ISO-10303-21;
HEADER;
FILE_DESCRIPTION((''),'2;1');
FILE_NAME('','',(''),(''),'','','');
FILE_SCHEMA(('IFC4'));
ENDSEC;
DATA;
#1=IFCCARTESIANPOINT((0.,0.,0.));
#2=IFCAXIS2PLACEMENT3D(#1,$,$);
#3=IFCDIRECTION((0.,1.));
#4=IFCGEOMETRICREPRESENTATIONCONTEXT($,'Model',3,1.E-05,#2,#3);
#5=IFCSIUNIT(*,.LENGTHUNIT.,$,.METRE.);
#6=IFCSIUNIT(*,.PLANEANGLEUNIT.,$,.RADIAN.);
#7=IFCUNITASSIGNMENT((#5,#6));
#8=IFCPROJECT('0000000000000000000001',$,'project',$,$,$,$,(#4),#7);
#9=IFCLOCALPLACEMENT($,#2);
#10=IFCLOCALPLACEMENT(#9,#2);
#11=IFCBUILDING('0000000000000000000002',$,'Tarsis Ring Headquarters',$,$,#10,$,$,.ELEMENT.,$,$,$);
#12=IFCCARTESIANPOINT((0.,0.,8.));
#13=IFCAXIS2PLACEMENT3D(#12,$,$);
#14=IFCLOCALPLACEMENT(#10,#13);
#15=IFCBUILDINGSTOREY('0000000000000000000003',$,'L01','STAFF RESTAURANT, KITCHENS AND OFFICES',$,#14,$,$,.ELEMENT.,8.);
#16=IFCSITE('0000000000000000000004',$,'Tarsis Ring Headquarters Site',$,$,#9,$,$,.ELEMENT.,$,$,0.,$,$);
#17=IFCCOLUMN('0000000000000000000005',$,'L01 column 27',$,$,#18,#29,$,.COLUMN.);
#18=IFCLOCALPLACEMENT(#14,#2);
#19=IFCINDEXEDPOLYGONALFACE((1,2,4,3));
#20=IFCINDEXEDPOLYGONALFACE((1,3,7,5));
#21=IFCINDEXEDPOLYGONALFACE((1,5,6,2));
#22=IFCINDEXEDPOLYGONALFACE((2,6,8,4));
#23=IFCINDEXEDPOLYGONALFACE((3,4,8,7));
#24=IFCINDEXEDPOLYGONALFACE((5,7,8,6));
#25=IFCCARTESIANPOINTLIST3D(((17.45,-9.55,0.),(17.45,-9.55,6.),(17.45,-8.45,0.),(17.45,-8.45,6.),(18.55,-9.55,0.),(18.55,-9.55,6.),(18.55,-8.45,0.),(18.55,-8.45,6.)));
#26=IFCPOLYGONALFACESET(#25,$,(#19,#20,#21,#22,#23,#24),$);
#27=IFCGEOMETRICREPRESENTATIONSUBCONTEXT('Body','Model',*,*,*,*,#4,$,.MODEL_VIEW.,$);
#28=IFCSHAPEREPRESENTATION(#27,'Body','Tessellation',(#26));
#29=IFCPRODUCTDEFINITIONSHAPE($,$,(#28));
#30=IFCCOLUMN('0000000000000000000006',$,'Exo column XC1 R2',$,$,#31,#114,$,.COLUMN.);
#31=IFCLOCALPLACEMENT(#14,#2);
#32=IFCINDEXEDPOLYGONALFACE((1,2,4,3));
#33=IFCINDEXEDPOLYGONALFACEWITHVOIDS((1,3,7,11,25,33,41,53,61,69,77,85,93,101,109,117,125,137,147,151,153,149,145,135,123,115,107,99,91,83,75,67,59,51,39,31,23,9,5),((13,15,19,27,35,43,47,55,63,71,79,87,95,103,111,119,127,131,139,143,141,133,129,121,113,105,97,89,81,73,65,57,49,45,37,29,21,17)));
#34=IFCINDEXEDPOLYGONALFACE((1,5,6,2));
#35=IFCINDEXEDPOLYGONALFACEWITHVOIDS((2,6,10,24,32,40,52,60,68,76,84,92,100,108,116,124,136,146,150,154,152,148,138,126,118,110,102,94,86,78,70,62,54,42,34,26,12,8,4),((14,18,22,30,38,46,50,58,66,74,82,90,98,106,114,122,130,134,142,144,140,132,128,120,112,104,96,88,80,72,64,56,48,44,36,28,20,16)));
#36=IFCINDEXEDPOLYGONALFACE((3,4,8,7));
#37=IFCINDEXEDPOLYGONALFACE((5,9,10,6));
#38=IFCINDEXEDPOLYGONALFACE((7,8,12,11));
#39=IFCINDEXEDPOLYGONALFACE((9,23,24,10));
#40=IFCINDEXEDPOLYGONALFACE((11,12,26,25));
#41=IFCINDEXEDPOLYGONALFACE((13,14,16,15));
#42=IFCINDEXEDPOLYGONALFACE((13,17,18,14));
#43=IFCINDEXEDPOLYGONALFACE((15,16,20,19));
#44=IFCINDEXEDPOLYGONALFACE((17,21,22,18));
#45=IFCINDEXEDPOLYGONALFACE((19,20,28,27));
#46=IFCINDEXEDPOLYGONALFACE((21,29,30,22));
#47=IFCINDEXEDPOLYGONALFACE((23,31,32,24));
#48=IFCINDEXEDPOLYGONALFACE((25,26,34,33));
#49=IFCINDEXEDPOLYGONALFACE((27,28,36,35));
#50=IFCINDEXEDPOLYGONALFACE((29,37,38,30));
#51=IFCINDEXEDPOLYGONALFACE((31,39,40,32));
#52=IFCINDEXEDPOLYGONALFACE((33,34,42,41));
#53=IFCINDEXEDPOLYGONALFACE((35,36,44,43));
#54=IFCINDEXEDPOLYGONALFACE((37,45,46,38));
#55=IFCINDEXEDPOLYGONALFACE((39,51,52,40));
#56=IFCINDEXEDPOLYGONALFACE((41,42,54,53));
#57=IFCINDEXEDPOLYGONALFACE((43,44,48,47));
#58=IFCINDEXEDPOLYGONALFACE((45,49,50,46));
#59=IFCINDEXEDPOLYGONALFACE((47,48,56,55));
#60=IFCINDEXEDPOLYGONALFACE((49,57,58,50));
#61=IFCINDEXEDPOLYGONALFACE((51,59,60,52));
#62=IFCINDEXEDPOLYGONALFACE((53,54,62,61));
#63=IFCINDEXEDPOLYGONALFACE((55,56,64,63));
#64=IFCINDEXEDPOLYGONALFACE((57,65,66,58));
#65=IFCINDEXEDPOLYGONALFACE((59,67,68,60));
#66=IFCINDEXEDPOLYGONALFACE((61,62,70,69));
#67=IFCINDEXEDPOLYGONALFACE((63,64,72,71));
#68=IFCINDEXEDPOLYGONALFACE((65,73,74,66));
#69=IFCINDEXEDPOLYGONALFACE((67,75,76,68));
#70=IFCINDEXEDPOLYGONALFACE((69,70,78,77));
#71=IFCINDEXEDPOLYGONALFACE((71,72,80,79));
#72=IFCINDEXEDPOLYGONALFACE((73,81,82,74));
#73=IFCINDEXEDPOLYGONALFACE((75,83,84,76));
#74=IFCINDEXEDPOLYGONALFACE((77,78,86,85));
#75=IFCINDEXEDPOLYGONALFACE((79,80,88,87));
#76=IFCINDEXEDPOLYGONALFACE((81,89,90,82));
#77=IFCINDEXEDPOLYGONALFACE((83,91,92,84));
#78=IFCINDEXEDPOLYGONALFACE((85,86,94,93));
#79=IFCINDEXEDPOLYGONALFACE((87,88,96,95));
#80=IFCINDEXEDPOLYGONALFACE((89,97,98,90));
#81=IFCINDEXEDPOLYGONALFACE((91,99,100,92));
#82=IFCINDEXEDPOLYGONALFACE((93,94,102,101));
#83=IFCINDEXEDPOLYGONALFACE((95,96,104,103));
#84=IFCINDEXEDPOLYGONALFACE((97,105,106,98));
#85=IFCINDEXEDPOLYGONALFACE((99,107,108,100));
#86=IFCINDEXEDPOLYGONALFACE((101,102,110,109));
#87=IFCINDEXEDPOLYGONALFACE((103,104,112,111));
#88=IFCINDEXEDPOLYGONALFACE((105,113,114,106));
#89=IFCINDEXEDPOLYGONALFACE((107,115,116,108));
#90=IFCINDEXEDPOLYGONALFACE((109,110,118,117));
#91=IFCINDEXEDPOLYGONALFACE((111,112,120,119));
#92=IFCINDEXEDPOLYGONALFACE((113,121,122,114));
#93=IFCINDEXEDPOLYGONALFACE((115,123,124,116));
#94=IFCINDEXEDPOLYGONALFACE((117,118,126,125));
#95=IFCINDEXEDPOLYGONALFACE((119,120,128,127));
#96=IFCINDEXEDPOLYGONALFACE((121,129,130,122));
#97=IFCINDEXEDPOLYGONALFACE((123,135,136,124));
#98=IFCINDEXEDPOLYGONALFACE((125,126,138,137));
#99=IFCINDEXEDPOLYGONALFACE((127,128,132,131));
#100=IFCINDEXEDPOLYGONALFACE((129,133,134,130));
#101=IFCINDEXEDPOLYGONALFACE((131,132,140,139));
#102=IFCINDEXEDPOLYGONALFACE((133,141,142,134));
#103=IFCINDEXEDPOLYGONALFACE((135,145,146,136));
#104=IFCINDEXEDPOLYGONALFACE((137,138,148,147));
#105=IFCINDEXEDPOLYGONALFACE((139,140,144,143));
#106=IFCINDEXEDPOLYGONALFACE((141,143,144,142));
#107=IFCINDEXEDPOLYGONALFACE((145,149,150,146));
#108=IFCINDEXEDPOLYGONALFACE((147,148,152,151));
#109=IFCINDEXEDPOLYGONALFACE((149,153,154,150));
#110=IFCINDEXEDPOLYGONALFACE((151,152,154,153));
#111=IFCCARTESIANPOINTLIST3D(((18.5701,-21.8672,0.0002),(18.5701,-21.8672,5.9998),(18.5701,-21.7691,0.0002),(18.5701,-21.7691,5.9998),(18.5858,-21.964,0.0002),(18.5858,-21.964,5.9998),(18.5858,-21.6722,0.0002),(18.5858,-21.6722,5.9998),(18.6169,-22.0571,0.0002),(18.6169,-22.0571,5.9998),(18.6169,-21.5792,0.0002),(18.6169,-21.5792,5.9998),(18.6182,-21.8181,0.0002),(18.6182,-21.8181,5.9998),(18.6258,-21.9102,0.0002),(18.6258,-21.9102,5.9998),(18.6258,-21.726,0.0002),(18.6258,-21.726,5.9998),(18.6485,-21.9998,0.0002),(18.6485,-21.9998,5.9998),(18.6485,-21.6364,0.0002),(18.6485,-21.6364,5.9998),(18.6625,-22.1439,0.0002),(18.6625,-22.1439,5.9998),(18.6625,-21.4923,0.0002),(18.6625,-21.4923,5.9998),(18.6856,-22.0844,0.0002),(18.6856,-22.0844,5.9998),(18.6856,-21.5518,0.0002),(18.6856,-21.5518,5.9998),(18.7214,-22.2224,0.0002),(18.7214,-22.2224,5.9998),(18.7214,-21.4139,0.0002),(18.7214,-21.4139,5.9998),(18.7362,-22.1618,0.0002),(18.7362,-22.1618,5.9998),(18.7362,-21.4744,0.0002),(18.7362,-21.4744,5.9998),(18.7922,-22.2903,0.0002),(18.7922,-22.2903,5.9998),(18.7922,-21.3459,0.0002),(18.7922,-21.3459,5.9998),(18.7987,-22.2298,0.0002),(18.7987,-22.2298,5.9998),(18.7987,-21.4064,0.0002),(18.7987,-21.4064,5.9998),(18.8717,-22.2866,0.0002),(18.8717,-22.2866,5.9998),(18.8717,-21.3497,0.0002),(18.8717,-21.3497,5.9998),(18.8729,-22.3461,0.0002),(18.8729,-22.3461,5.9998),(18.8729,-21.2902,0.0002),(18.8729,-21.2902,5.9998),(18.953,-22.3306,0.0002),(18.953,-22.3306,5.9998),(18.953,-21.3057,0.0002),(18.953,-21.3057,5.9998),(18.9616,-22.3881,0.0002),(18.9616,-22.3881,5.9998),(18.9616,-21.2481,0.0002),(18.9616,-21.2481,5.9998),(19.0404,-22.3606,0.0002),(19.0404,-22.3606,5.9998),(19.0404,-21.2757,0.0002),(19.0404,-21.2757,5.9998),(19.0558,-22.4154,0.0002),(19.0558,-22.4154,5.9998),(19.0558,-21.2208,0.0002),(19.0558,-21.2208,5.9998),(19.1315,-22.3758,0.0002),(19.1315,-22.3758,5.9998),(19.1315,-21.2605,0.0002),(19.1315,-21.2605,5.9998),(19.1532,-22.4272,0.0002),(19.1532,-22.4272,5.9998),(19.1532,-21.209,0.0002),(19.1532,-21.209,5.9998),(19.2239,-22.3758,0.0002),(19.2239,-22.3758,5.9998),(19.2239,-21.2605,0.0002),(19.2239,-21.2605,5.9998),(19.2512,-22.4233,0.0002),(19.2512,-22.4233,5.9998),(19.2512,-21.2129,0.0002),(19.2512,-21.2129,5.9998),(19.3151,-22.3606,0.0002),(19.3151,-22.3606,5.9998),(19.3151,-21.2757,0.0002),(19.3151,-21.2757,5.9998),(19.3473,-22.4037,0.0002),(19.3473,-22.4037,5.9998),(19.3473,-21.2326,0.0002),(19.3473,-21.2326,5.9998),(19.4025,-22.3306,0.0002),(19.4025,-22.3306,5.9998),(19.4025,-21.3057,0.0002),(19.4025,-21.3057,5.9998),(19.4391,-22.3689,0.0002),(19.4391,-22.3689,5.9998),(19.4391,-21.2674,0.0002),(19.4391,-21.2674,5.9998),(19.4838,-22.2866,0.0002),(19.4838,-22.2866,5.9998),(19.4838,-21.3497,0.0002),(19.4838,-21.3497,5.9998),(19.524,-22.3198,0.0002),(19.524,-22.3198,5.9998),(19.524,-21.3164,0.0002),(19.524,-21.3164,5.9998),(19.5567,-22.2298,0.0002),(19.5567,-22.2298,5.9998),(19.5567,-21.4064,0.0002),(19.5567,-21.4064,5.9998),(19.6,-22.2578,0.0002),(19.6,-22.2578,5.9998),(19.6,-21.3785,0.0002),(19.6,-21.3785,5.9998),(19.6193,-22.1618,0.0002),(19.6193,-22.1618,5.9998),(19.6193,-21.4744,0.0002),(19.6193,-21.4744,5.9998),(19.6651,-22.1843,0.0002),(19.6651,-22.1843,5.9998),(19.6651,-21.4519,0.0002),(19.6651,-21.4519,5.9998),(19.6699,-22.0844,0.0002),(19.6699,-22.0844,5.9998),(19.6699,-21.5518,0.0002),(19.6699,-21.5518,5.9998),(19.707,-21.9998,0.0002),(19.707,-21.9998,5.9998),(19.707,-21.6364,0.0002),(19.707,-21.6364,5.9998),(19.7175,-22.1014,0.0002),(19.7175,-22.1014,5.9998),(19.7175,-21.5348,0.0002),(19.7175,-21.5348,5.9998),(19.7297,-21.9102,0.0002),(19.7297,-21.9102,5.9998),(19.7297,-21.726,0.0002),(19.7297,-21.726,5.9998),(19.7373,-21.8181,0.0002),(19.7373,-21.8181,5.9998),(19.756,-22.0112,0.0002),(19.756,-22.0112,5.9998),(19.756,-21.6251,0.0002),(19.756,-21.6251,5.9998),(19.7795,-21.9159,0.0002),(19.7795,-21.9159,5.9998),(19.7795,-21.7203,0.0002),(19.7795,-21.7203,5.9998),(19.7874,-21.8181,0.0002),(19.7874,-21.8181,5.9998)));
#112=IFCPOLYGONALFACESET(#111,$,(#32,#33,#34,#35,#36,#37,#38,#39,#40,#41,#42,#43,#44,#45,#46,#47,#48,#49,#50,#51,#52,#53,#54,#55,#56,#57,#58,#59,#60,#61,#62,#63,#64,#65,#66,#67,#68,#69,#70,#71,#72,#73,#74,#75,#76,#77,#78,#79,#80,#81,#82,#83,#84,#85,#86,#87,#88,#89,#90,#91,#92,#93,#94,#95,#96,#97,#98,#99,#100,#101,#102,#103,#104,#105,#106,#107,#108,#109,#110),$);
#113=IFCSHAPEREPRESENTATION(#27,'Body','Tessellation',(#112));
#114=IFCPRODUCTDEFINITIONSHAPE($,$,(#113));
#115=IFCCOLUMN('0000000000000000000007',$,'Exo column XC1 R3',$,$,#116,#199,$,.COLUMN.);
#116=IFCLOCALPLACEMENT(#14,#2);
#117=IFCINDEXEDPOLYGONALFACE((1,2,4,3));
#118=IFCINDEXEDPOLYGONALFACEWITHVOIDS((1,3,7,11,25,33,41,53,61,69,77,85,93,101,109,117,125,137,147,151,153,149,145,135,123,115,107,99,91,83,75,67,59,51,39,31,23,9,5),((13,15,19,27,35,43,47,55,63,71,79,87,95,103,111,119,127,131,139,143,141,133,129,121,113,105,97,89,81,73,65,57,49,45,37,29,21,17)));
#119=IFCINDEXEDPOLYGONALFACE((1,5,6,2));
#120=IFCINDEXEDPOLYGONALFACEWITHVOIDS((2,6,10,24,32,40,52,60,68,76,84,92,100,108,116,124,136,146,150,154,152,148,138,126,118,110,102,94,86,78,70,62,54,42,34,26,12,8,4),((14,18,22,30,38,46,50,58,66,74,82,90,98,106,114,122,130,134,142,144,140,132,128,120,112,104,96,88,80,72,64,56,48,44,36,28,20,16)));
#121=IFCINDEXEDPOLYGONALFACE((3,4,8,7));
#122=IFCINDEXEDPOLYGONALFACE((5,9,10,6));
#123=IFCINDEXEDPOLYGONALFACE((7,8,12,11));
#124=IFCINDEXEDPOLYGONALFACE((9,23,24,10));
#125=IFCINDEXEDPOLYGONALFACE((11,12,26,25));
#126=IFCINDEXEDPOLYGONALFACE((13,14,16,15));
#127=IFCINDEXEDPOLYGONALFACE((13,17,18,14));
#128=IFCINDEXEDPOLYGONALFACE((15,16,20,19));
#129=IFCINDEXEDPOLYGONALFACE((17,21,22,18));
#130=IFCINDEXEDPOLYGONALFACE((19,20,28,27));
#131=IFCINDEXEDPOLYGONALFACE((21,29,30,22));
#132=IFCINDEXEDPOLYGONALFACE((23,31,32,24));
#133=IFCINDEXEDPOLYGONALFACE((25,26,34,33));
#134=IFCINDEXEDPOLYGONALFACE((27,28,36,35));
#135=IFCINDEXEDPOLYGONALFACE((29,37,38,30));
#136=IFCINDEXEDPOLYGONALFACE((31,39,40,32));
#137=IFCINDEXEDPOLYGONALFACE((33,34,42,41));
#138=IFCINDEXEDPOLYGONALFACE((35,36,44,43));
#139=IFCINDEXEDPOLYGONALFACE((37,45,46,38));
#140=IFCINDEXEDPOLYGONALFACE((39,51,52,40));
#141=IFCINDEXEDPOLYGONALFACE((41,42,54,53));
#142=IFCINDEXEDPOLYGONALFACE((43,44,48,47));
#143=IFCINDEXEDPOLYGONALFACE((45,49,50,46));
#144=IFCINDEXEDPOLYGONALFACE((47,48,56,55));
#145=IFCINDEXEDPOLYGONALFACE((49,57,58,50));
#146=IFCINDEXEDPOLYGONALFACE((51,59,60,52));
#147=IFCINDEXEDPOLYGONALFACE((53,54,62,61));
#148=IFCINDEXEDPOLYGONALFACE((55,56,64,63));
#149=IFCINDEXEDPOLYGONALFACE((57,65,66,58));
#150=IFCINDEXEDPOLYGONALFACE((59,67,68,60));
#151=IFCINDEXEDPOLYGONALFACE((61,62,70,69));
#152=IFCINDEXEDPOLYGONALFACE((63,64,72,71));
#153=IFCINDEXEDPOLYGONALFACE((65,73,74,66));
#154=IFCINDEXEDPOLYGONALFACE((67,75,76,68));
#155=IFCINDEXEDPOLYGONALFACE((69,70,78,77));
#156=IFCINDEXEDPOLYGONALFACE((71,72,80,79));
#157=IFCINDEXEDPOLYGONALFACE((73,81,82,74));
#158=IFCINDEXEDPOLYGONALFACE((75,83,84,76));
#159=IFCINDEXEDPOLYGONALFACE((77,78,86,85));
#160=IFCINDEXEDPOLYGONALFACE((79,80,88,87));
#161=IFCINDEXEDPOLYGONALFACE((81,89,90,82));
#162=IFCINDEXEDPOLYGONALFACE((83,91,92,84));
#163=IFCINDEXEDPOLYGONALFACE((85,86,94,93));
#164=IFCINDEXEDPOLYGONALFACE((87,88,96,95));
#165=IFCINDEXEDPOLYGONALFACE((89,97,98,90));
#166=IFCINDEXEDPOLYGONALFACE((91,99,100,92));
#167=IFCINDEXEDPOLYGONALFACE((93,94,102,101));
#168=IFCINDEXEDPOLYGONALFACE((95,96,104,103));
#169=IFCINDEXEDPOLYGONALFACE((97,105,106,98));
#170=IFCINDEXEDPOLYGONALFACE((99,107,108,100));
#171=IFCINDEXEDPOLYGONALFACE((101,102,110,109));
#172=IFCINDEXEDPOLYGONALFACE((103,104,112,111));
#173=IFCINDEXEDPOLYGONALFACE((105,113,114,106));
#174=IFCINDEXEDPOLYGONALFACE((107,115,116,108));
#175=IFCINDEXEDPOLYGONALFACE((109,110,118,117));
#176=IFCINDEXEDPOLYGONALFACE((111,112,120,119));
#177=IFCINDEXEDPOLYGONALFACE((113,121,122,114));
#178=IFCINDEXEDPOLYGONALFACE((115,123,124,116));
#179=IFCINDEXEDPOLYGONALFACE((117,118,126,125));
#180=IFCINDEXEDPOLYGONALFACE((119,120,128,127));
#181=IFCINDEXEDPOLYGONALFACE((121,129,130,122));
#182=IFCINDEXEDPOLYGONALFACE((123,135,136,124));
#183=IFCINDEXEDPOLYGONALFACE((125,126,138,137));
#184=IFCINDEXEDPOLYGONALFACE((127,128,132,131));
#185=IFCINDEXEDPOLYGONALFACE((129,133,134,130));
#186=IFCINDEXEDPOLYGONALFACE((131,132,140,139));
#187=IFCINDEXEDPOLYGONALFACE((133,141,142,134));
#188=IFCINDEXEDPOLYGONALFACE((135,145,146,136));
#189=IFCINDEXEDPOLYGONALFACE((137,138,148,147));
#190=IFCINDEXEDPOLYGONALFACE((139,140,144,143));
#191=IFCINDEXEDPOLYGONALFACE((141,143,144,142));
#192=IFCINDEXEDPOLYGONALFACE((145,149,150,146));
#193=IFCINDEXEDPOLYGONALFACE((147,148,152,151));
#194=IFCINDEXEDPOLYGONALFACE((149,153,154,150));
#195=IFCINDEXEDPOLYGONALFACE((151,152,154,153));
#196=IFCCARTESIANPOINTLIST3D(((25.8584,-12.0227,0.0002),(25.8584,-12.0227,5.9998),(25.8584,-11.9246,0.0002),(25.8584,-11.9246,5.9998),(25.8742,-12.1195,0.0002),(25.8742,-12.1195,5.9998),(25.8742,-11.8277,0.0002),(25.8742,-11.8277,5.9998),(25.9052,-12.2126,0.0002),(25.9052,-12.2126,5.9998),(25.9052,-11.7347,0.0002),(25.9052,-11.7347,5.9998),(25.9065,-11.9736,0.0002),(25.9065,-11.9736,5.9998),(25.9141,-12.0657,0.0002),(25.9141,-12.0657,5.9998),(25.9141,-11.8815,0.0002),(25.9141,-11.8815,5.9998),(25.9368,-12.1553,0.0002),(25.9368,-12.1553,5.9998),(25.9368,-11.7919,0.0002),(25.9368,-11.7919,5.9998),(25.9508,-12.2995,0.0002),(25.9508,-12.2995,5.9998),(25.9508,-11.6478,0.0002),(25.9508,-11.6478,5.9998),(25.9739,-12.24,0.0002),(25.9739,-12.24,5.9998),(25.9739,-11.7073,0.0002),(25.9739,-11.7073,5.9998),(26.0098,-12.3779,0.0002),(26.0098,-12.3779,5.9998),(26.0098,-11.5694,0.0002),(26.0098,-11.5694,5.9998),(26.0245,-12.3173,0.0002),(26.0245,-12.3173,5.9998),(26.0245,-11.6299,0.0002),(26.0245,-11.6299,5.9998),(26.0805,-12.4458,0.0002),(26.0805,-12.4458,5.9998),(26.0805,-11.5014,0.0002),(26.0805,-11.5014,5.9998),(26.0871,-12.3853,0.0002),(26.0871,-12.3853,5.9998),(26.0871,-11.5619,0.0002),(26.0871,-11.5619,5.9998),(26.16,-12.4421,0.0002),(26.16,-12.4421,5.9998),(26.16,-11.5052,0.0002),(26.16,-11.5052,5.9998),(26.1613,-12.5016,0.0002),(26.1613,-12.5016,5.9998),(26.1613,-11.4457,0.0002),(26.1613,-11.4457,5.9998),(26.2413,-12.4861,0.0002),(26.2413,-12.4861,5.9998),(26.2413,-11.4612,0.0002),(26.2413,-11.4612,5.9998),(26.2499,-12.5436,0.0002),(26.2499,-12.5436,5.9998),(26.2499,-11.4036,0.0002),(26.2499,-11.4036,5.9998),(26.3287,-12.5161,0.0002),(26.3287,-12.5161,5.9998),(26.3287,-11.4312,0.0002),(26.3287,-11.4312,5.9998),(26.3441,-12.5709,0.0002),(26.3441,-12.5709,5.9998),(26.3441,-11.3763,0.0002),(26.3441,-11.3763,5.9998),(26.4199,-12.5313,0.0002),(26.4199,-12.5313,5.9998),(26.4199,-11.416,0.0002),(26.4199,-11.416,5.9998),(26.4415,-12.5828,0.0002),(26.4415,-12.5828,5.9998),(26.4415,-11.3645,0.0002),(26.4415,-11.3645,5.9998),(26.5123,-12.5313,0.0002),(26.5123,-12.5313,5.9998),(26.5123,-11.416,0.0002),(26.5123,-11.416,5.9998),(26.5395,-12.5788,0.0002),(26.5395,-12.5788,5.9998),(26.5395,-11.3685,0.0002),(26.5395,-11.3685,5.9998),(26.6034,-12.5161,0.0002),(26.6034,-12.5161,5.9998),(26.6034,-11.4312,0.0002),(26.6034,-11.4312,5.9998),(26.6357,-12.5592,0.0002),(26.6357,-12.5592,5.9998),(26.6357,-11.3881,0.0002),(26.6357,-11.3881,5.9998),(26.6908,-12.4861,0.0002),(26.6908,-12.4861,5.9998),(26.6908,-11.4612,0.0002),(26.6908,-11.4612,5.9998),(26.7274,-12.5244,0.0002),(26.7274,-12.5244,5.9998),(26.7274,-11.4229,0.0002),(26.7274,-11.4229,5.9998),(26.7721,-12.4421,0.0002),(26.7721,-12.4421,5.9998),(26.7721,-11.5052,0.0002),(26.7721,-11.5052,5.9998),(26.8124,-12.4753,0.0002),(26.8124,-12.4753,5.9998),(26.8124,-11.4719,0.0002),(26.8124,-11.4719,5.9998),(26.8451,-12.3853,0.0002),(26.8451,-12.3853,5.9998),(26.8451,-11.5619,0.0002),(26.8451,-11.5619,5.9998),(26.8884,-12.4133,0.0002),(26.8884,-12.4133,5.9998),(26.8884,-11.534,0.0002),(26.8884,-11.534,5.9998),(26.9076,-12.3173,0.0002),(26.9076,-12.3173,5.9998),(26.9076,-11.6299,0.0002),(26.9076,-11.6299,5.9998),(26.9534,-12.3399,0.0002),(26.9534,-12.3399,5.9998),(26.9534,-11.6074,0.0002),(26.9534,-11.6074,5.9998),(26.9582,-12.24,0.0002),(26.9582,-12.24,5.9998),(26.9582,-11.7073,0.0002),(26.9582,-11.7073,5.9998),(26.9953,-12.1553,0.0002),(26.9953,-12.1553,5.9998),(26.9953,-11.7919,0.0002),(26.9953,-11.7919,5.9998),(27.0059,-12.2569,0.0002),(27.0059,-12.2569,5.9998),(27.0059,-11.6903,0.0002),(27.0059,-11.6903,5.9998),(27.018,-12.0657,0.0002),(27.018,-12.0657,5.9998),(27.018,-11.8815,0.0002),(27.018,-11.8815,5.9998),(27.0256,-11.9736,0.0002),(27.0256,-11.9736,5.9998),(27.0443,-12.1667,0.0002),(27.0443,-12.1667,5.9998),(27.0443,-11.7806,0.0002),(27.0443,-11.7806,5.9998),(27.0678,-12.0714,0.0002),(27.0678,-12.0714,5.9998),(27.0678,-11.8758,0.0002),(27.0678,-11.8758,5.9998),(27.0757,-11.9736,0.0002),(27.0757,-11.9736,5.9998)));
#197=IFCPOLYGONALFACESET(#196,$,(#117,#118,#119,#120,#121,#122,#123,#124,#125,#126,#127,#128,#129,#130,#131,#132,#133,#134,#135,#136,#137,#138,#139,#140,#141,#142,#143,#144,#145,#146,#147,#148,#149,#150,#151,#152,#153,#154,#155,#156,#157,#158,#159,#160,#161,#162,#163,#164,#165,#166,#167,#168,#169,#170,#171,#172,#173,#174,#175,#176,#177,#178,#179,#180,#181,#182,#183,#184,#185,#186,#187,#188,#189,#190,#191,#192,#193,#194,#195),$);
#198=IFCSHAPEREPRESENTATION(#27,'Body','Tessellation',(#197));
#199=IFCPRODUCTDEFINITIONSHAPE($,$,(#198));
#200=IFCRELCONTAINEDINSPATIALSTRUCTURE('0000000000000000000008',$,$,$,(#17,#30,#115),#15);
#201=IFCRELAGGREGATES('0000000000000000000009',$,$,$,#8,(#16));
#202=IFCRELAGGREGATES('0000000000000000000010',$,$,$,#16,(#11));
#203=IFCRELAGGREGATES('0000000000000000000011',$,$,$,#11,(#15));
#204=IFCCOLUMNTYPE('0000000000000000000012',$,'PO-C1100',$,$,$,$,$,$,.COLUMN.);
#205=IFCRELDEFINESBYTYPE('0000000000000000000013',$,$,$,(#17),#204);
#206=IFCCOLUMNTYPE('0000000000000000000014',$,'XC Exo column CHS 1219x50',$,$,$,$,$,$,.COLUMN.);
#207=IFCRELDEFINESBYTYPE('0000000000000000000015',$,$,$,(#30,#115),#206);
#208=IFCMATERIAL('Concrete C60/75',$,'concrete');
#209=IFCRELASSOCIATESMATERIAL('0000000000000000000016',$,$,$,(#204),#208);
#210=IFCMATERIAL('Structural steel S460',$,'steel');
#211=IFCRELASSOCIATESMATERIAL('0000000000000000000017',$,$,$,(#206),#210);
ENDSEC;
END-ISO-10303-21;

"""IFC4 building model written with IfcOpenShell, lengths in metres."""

from ifc_helpers import new_model, si_unit, direction, frame, origin, origin_2d, place, context, subcontext, project, spatial, rectangle, hollow_circle, extrude, material, material_profile, profile_set, type_object, element, save


model = new_model("IFC4")

# Units and contexts
model_context = context("Model", 3, precision=1e-05, world=origin(), true_north=direction((0.0, 1.0)))
body_context = subcontext(model_context, "Body", "Model", "MODEL_VIEW")
ifc_project = project(units=[si_unit("LENGTHUNIT", "METRE"), si_unit("PLANEANGLEUNIT", "RADIAN")], contexts=[model_context])

# Site, building, storey
site_placement = place(None, origin())
site = spatial("IfcSite", under=ifc_project, at=site_placement, Name="Tarsis Ring Headquarters Site", CompositionType="ELEMENT", RefElevation=0.0)
building_placement = place(site_placement, origin())
building = spatial("IfcBuilding", under=site, at=building_placement, Name="Tarsis Ring Headquarters", CompositionType="ELEMENT")
storey_placement = place(building_placement, frame((0.0, 0.0, 8.0)))
storey = spatial("IfcBuildingStorey", under=building, at=storey_placement, Name="L01", Description="STAFF RESTAURANT, KITCHENS AND OFFICES", CompositionType="ELEMENT", Elevation=8.0)

# Columns
ifc_material_1 = material(Name="Concrete C60/75", Category="concrete")
ifc_material_profile_1 = material_profile(ifc_material_1, rectangle(XDim=1.1001, YDim=1.1001, at=origin_2d()), Name="PO-C1100")
ifc_profile_set_1 = profile_set([ifc_material_profile_1], Name="Concrete C60/75")
column_type_1 = type_object("IfcColumnType", Name="PO-C1100", PredefinedType="COLUMN", material=ifc_profile_set_1)
column_placement = place(storey_placement, frame((18.0, -9.0, 0.0), z_axis=(0.0, 0.0, 1.0), x_axis=(1.0, 0.0, 0.0)))
element("IfcColumn", 1, at=column_placement, inside=storey, type_object=column_type_1, Name="L01 column 27", PredefinedType="COLUMN", context=body_context, shape_type="SweptSolid", body=[
    extrude(rectangle(XDim=1.1001, YDim=1.1001, at=origin_2d()), origin(), (0.0, 0.0, 1.0), 6.0),
])
ifc_material_2 = material(Name="Structural steel S460", Category="steel")
ifc_material_profile_2 = material_profile(ifc_material_2, hollow_circle(Radius=0.6096, WallThickness=0.05, at=origin_2d()), Name="CHS 1219x50")
ifc_profile_set_2 = profile_set([ifc_material_profile_2], Name="Structural steel S460")
column_type_2 = type_object("IfcColumnType", Name="XC Exo column CHS 1219x50", PredefinedType="COLUMN", material=ifc_profile_set_2)
for number, where, z_axis, x_axis, name in (
    (2, (19.1777, -21.8181, 0.0002), (0.0, 0.0, 1.0), (1.0, 0.0, 0.0), "Exo column XC1 R2"),
    (3, (26.4661, -11.9736, 0.0002), (0.0, 0.0, 1.0), (1.0, 0.0, 0.0), "Exo column XC1 R3"),
):
    element("IfcColumn", number, at=place(storey_placement, frame(where, z_axis=z_axis, x_axis=x_axis)), inside=storey, type_object=column_type_2, Name=name, PredefinedType="COLUMN", context=body_context, shape_type="SweptSolid", body=[
        extrude(hollow_circle(Radius=0.6096, WallThickness=0.05, at=origin_2d()), origin(), (0.0, 0.0, 1.0), 5.9995),
    ])

save(model, "model.ifc")
